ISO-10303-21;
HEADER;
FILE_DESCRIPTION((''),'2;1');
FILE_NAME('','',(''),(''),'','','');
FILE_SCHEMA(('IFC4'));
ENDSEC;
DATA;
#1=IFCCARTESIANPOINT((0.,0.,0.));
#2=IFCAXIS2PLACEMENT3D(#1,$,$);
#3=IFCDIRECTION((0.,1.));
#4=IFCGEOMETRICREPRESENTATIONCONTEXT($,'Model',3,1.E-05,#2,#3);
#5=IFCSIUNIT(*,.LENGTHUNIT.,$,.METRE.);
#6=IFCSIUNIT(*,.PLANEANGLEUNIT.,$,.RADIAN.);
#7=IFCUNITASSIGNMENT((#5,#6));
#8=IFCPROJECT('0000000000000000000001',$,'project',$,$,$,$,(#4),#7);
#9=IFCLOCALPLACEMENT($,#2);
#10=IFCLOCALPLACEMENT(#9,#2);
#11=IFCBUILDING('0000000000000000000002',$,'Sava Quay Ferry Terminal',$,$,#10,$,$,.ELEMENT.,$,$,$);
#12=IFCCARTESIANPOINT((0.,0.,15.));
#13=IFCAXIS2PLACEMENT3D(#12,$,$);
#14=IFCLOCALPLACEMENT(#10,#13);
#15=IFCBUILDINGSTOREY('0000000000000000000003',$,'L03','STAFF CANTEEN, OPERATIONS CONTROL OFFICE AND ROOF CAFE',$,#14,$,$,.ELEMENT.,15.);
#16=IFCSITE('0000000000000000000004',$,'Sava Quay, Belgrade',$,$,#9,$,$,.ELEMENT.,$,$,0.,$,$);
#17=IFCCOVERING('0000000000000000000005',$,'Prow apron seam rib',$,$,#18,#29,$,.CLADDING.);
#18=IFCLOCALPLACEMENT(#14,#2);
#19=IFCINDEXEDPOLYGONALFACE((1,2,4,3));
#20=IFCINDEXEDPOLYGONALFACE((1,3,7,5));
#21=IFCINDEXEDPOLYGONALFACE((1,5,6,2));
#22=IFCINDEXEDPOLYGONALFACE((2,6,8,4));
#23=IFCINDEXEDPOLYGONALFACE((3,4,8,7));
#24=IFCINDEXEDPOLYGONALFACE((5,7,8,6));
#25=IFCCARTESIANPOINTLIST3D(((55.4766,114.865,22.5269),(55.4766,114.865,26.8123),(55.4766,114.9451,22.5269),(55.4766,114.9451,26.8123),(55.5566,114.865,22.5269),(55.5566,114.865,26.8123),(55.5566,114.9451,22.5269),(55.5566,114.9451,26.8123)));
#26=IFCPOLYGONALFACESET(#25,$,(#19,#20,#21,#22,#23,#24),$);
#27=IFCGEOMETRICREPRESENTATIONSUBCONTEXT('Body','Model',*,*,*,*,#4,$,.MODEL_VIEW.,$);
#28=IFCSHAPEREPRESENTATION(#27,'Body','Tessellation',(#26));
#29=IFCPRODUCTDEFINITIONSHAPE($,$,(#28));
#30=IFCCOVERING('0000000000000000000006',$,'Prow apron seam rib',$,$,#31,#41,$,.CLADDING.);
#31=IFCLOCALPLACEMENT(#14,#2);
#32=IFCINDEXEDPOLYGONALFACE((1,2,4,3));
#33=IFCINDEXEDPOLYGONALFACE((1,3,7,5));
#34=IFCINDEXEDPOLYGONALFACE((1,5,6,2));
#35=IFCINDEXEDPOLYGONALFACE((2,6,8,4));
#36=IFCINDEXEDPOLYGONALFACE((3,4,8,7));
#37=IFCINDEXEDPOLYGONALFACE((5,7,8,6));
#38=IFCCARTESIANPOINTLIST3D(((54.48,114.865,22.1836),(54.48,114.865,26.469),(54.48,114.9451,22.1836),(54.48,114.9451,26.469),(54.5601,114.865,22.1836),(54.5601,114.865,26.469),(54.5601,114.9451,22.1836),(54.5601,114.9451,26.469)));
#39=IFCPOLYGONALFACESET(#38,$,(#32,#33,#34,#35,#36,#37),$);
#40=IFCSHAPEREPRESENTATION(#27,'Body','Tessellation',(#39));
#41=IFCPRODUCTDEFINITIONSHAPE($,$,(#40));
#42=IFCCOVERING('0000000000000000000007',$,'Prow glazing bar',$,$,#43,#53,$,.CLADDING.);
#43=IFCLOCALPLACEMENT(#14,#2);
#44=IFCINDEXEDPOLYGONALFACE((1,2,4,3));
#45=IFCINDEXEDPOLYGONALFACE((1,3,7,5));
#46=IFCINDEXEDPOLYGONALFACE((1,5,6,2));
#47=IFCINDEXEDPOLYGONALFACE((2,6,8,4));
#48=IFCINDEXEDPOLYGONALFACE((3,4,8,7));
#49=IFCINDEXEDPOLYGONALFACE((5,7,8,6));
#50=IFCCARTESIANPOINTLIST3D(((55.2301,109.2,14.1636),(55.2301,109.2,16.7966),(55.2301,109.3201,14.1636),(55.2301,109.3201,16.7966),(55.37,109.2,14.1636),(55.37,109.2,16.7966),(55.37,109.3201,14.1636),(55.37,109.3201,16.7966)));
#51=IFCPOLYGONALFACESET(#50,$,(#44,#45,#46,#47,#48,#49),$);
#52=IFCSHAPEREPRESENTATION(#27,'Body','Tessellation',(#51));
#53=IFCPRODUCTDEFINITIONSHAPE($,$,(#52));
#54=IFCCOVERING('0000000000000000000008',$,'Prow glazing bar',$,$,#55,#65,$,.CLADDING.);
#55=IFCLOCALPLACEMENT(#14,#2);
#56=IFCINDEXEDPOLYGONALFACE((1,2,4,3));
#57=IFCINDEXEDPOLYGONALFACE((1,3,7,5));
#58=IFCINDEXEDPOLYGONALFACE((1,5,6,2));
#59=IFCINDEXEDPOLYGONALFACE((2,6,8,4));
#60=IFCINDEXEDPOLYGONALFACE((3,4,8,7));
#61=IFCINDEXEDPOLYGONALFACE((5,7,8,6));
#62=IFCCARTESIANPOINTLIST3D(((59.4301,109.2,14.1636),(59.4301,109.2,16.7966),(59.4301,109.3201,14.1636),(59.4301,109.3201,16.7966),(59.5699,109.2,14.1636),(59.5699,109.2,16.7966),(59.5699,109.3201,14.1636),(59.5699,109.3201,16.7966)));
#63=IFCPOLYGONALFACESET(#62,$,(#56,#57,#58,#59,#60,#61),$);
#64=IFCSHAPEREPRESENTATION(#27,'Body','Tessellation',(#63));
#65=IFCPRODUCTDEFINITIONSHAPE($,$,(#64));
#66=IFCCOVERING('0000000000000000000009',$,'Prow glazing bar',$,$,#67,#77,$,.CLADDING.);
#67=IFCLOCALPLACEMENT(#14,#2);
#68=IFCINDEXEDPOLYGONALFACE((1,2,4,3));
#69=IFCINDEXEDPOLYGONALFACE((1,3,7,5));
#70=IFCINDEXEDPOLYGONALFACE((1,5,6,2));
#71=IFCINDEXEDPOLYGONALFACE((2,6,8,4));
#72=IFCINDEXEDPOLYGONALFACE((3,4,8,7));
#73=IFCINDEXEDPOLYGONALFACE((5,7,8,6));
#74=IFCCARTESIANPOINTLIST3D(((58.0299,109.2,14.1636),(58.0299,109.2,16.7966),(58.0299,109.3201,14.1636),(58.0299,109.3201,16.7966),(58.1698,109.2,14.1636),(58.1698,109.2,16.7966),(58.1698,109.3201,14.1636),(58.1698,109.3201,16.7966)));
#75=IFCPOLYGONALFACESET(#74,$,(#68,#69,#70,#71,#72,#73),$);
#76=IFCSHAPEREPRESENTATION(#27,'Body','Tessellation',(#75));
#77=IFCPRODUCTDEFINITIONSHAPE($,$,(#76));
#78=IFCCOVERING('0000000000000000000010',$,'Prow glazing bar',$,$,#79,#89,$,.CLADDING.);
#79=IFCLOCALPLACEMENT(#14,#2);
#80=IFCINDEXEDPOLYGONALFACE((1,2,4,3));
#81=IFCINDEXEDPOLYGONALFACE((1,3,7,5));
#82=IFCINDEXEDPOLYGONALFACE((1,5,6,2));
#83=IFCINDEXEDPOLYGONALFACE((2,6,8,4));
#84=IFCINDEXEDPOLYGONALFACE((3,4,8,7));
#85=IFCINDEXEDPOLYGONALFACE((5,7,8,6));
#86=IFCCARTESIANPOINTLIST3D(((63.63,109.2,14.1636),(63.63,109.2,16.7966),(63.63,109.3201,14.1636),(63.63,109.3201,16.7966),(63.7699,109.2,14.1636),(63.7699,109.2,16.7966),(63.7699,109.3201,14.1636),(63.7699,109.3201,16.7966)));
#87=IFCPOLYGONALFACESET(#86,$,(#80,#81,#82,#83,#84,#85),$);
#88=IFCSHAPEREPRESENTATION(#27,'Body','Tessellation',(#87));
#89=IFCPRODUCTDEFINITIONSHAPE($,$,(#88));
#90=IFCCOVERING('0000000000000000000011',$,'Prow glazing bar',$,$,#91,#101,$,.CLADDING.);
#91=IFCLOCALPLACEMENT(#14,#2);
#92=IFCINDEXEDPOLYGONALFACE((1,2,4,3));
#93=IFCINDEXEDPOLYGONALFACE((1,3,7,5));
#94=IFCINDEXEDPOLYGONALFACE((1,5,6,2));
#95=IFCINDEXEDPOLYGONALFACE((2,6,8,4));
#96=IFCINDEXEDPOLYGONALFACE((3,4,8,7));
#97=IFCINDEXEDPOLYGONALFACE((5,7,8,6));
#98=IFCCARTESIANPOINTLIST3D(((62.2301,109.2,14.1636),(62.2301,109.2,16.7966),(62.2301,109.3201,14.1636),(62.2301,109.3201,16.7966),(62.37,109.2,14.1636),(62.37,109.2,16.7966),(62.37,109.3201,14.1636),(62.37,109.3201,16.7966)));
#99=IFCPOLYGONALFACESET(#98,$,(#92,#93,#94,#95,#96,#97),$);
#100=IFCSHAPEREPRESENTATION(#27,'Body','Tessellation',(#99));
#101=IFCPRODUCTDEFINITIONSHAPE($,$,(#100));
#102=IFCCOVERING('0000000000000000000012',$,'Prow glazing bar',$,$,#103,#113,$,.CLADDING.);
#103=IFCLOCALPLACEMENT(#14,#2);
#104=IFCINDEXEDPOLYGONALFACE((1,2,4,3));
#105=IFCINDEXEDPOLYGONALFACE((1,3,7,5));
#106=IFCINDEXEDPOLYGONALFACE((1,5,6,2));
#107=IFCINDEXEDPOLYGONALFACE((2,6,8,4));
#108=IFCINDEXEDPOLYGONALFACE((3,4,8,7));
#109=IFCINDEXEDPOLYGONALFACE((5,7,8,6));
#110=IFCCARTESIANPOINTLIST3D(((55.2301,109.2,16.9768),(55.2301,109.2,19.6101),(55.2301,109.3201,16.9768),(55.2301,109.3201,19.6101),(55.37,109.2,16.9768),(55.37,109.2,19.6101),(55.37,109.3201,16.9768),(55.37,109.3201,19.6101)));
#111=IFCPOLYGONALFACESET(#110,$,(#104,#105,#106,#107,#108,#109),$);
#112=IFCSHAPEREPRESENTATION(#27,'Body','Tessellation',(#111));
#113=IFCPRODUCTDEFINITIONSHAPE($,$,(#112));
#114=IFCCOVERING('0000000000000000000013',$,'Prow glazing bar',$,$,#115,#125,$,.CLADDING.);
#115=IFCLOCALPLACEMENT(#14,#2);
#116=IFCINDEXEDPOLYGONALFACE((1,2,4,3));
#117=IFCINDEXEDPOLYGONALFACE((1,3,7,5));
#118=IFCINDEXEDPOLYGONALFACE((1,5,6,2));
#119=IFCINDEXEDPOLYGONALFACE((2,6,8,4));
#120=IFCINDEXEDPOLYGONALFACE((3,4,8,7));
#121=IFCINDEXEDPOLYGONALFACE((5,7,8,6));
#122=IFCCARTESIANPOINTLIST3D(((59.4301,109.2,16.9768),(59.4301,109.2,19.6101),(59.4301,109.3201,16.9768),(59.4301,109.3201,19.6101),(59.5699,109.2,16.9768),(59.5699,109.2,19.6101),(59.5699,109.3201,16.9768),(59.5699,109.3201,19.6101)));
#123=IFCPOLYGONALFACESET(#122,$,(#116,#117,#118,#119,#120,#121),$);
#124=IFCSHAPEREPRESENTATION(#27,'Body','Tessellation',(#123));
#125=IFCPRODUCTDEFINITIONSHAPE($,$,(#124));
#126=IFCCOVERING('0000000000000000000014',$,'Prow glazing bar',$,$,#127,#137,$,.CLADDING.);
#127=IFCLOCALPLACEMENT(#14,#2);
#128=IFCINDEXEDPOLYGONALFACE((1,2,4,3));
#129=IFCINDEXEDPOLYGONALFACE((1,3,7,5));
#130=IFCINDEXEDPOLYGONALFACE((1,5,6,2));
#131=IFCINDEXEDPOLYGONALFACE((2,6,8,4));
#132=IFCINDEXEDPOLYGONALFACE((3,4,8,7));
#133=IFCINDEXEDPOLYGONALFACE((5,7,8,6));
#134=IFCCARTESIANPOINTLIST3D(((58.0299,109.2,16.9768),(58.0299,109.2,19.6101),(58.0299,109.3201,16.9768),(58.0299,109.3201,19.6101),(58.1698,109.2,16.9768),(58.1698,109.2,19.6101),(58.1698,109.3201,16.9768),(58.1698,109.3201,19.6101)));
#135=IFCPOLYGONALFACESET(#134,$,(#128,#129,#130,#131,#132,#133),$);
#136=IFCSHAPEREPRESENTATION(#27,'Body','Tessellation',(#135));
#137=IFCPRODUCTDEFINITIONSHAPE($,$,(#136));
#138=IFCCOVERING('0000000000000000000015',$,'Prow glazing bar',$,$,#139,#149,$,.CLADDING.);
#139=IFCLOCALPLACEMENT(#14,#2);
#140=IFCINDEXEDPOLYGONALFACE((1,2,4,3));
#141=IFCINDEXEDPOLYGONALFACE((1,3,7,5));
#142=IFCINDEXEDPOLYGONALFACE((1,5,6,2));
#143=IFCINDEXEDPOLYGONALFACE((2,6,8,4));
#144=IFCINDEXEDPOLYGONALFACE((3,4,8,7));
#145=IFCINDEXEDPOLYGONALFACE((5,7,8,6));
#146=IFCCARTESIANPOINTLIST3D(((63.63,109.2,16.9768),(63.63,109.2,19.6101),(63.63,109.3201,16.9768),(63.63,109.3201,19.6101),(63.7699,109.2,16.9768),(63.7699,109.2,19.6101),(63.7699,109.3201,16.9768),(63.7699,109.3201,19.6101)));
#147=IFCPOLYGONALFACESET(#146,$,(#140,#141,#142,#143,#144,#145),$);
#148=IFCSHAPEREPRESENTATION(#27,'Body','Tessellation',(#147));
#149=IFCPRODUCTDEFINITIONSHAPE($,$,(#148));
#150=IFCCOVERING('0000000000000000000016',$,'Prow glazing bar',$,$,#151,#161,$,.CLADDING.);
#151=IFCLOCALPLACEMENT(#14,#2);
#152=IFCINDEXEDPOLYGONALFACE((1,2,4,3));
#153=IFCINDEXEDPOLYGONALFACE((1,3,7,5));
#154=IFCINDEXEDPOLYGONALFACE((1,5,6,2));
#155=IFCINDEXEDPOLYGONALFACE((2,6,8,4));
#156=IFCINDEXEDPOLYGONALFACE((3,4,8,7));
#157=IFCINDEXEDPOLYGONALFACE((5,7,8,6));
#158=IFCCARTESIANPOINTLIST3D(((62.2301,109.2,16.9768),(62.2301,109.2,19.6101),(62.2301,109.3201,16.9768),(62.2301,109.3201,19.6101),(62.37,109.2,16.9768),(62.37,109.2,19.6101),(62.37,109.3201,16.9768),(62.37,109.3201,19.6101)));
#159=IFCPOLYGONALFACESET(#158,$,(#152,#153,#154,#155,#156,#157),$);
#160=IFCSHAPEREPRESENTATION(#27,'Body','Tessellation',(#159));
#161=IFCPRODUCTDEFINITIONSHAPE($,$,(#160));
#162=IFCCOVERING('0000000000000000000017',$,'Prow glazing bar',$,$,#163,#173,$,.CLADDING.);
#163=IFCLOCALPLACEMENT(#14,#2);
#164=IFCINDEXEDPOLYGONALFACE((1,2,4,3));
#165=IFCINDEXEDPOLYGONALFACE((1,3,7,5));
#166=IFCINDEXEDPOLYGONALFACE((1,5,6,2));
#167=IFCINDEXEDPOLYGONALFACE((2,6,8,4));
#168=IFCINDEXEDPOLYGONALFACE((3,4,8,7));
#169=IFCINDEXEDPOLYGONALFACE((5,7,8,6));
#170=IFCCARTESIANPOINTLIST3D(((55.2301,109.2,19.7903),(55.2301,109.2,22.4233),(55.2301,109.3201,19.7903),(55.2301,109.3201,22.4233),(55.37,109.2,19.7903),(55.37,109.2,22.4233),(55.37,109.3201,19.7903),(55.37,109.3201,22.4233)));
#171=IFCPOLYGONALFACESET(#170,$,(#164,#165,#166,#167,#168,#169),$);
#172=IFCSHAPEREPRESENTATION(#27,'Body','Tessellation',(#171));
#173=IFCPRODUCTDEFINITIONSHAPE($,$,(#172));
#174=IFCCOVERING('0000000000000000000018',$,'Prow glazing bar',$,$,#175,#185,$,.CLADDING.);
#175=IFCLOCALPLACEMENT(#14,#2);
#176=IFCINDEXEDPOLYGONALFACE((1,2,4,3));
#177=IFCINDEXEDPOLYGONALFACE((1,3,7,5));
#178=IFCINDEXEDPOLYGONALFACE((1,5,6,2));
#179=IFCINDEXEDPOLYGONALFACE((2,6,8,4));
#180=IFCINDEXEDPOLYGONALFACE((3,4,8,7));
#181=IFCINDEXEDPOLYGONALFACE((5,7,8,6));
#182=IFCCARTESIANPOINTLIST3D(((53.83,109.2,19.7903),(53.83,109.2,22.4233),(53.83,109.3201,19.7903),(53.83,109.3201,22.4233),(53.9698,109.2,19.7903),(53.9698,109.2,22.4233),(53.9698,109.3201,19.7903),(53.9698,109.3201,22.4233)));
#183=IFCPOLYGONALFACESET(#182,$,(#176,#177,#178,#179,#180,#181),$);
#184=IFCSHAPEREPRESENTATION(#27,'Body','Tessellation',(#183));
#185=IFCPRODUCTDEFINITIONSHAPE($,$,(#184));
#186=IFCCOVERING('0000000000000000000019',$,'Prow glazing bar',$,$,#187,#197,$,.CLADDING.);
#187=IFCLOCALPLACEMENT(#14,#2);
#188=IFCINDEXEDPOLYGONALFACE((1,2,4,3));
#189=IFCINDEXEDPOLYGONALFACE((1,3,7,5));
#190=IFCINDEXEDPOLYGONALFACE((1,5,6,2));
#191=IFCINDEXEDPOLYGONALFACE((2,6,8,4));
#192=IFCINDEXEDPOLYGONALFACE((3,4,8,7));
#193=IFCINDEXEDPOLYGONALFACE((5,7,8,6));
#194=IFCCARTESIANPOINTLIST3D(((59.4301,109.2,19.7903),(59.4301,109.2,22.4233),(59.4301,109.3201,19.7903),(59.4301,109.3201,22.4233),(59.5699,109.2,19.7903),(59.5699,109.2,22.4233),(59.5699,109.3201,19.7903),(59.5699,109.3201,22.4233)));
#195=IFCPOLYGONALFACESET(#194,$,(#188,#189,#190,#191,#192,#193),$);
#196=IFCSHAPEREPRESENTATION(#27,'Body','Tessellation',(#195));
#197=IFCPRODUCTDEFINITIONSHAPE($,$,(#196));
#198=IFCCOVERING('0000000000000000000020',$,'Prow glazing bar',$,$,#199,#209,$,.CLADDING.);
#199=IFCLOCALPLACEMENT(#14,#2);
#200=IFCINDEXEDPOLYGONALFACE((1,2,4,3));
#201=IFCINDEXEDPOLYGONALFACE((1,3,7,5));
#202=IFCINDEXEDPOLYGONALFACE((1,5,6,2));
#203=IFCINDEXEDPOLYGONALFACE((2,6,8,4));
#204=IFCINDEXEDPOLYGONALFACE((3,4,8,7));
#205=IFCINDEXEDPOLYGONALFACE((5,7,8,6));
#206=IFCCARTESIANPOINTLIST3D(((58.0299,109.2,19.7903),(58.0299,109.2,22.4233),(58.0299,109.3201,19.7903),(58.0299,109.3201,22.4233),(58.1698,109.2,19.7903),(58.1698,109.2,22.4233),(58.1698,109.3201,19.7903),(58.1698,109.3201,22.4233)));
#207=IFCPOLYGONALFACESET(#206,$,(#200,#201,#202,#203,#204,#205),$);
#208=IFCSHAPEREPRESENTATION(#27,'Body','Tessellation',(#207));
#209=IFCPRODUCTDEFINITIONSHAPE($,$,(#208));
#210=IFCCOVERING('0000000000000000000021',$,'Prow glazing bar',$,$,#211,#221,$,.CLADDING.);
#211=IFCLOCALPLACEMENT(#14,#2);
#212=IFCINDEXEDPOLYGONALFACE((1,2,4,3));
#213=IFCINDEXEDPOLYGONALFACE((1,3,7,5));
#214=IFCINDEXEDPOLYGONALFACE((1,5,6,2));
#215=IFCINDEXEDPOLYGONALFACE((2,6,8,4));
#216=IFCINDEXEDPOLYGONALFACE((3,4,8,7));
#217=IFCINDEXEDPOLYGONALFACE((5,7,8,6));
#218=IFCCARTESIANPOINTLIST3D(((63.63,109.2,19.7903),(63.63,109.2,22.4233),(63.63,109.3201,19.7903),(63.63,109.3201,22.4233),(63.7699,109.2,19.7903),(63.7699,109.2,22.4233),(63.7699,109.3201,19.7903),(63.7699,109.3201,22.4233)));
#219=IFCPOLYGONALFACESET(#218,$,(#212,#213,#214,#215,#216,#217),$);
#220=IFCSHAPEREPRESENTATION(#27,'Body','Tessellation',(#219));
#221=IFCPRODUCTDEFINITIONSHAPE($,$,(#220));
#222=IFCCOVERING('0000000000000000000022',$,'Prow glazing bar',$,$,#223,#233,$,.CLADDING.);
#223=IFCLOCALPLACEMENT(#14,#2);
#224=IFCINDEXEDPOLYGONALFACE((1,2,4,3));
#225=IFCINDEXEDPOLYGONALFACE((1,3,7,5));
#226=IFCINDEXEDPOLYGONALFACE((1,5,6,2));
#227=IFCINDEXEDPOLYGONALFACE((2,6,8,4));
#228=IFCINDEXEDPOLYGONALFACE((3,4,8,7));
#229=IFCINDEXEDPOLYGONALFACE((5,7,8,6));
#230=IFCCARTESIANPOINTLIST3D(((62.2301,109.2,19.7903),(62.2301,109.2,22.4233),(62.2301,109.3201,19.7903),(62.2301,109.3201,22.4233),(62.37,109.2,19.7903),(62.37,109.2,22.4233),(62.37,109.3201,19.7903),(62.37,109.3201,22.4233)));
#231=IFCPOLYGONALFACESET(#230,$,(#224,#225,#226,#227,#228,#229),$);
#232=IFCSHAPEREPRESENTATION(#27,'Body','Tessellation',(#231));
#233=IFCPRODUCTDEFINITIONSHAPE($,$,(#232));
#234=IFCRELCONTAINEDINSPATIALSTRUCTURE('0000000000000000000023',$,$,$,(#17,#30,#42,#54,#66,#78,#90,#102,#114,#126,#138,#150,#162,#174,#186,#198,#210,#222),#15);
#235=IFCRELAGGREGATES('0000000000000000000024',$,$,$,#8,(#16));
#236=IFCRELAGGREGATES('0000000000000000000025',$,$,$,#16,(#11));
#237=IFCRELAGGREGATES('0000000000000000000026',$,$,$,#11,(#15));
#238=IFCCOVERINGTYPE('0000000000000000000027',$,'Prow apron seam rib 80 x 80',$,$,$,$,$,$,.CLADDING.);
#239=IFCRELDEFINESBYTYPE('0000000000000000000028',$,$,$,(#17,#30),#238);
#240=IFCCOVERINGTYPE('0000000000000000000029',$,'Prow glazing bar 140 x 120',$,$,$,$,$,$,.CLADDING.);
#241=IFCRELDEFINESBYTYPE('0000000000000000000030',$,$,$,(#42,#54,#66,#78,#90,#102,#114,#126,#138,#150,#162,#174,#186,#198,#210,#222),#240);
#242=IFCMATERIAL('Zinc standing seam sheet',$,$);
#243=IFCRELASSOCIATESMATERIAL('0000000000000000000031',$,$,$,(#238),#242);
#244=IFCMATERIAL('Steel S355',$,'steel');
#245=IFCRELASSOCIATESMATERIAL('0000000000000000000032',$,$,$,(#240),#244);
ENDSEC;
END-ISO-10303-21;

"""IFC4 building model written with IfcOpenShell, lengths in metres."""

from ifc_helpers import new_model, si_unit, direction, frame, origin, origin_2d, place, context, subcontext, project, spatial, rectangle, extrude, material, material_profile, profile_set, type_object, element, save


model = new_model("IFC4")

# Units and contexts
model_context = context("Model", 3, precision=1e-05, world=origin(), true_north=direction((0.0, 1.0)))
body_context = subcontext(model_context, "Body", "Model", "MODEL_VIEW")
ifc_project = project(units=[si_unit("LENGTHUNIT", "METRE"), si_unit("PLANEANGLEUNIT", "RADIAN")], contexts=[model_context])

# Site, building, storey
site_placement = place(None, origin())
site = spatial("IfcSite", under=ifc_project, at=site_placement, Name="Sava Quay, Belgrade", CompositionType="ELEMENT", RefElevation=0.0)
building_placement = place(site_placement, origin())
building = spatial("IfcBuilding", under=site, at=building_placement, Name="Sava Quay Ferry Terminal", CompositionType="ELEMENT")
storey_placement = place(building_placement, frame((0.0, 0.0, 15.0)))
storey = spatial("IfcBuildingStorey", under=building, at=storey_placement, Name="L03", Description="STAFF CANTEEN, OPERATIONS CONTROL OFFICE AND ROOF CAFE", CompositionType="ELEMENT", Elevation=15.0)

# Coverings
ifc_material_1 = material(Name="Zinc standing seam sheet")
ifc_material_profile_1 = material_profile(ifc_material_1, rectangle(XDim=0.0801, YDim=0.0801, at=origin_2d()), Name="Strip 80 x 80")
ifc_profile_set_1 = profile_set([ifc_material_profile_1], Name="Zinc standing seam sheet")
covering_type_1 = type_object("IfcCoveringType", Name="Prow apron seam rib 80 x 80", PredefinedType="CLADDING", material=ifc_profile_set_1)
for number, where, z_axis, x_axis, name in (
    (1, (55.5166, 114.905, 22.5269), (0.0, 0.0, 1.0), (1.0, 0.0, 0.0), "Prow apron seam rib"),
    (2, (54.52, 114.905, 22.1836), (0.0, 0.0, 1.0), (1.0, 0.0, 0.0), "Prow apron seam rib"),
):
    element("IfcCovering", number, at=place(storey_placement, frame(where, z_axis=z_axis, x_axis=x_axis)), inside=storey, type_object=covering_type_1, Name=name, PredefinedType="CLADDING", context=body_context, shape_type="SweptSolid", body=[
        extrude(rectangle(XDim=0.0801, YDim=0.0801, at=origin_2d()), origin(), (0.0, 0.0, 1.0), 4.2854),
    ])
ifc_material_2 = material(Name="Steel S355", Category="steel")
ifc_material_profile_2 = material_profile(ifc_material_2, rectangle(XDim=0.1399, YDim=0.1201, at=origin_2d()), Name="Strip 140 x 120")
ifc_profile_set_2 = profile_set([ifc_material_profile_2], Name="Steel S355")
covering_type_2 = type_object("IfcCoveringType", Name="Prow glazing bar 140 x 120", PredefinedType="CLADDING", material=ifc_profile_set_2)
for number, where, z_axis, x_axis, name in (
    (3, (55.3, 109.26, 14.1636), (0.0, 0.0, 1.0), (1.0, 0.0, 0.0), "Prow glazing bar"),
    (4, (59.5, 109.26, 14.1636), (0.0, 0.0, 1.0), (1.0, 0.0, 0.0), "Prow glazing bar"),
    (5, (58.0999, 109.26, 14.1636), (0.0, 0.0, 1.0), (1.0, 0.0, 0.0), "Prow glazing bar"),
    (6, (63.7, 109.26, 14.1636), (0.0, 0.0, 1.0), (1.0, 0.0, 0.0), "Prow glazing bar"),
    (7, (62.3, 109.26, 14.1636), (0.0, 0.0, 1.0), (1.0, 0.0, 0.0), "Prow glazing bar"),
):
    element("IfcCovering", number, at=place(storey_placement, frame(where, z_axis=z_axis, x_axis=x_axis)), inside=storey, type_object=covering_type_2, Name=name, PredefinedType="CLADDING", context=body_context, shape_type="SweptSolid", body=[
        extrude(rectangle(XDim=0.1399, YDim=0.1201, at=origin_2d()), origin(), (0.0, 0.0, 1.0), 2.6331),
    ])
for number, where, z_axis, x_axis, name in (
    (8, (55.3, 109.26, 16.9768), (0.0, 0.0, 1.0), (1.0, 0.0, 0.0), "Prow glazing bar"),
    (9, (59.5, 109.26, 16.9768), (0.0, 0.0, 1.0), (1.0, 0.0, 0.0), "Prow glazing bar"),
    (10, (58.0999, 109.26, 16.9768), (0.0, 0.0, 1.0), (1.0, 0.0, 0.0), "Prow glazing bar"),
    (11, (63.7, 109.26, 16.9768), (0.0, 0.0, 1.0), (1.0, 0.0, 0.0), "Prow glazing bar"),
    (12, (62.3, 109.26, 16.9768), (0.0, 0.0, 1.0), (1.0, 0.0, 0.0), "Prow glazing bar"),
):
    element("IfcCovering", number, at=place(storey_placement, frame(where, z_axis=z_axis, x_axis=x_axis)), inside=storey, type_object=covering_type_2, Name=name, PredefinedType="CLADDING", context=body_context, shape_type="SweptSolid", body=[
        extrude(rectangle(XDim=0.1399, YDim=0.1201, at=origin_2d()), origin(), (0.0, 0.0, 1.0), 2.6333),
    ])
for number, where, z_axis, x_axis, name in (
    (13, (55.3, 109.26, 19.7903), (0.0, 0.0, 1.0), (1.0, 0.0, 0.0), "Prow glazing bar"),
    (14, (53.8999, 109.26, 19.7903), (0.0, 0.0, 1.0), (1.0, 0.0, 0.0), "Prow glazing bar"),
    (15, (59.5, 109.26, 19.7903), (0.0, 0.0, 1.0), (1.0, 0.0, 0.0), "Prow glazing bar"),
    (16, (58.0999, 109.26, 19.7903), (0.0, 0.0, 1.0), (1.0, 0.0, 0.0), "Prow glazing bar"),
    (17, (63.7, 109.26, 19.7903), (0.0, 0.0, 1.0), (1.0, 0.0, 0.0), "Prow glazing bar"),
    (18, (62.3, 109.26, 19.7903), (0.0, 0.0, 1.0), (1.0, 0.0, 0.0), "Prow glazing bar"),
):
    element("IfcCovering", number, at=place(storey_placement, frame(where, z_axis=z_axis, x_axis=x_axis)), inside=storey, type_object=covering_type_2, Name=name, PredefinedType="CLADDING", context=body_context, shape_type="SweptSolid", body=[
        extrude(rectangle(XDim=0.1399, YDim=0.1201, at=origin_2d()), origin(), (0.0, 0.0, 1.0), 2.6331),
    ])

save(model, "model.ifc")
